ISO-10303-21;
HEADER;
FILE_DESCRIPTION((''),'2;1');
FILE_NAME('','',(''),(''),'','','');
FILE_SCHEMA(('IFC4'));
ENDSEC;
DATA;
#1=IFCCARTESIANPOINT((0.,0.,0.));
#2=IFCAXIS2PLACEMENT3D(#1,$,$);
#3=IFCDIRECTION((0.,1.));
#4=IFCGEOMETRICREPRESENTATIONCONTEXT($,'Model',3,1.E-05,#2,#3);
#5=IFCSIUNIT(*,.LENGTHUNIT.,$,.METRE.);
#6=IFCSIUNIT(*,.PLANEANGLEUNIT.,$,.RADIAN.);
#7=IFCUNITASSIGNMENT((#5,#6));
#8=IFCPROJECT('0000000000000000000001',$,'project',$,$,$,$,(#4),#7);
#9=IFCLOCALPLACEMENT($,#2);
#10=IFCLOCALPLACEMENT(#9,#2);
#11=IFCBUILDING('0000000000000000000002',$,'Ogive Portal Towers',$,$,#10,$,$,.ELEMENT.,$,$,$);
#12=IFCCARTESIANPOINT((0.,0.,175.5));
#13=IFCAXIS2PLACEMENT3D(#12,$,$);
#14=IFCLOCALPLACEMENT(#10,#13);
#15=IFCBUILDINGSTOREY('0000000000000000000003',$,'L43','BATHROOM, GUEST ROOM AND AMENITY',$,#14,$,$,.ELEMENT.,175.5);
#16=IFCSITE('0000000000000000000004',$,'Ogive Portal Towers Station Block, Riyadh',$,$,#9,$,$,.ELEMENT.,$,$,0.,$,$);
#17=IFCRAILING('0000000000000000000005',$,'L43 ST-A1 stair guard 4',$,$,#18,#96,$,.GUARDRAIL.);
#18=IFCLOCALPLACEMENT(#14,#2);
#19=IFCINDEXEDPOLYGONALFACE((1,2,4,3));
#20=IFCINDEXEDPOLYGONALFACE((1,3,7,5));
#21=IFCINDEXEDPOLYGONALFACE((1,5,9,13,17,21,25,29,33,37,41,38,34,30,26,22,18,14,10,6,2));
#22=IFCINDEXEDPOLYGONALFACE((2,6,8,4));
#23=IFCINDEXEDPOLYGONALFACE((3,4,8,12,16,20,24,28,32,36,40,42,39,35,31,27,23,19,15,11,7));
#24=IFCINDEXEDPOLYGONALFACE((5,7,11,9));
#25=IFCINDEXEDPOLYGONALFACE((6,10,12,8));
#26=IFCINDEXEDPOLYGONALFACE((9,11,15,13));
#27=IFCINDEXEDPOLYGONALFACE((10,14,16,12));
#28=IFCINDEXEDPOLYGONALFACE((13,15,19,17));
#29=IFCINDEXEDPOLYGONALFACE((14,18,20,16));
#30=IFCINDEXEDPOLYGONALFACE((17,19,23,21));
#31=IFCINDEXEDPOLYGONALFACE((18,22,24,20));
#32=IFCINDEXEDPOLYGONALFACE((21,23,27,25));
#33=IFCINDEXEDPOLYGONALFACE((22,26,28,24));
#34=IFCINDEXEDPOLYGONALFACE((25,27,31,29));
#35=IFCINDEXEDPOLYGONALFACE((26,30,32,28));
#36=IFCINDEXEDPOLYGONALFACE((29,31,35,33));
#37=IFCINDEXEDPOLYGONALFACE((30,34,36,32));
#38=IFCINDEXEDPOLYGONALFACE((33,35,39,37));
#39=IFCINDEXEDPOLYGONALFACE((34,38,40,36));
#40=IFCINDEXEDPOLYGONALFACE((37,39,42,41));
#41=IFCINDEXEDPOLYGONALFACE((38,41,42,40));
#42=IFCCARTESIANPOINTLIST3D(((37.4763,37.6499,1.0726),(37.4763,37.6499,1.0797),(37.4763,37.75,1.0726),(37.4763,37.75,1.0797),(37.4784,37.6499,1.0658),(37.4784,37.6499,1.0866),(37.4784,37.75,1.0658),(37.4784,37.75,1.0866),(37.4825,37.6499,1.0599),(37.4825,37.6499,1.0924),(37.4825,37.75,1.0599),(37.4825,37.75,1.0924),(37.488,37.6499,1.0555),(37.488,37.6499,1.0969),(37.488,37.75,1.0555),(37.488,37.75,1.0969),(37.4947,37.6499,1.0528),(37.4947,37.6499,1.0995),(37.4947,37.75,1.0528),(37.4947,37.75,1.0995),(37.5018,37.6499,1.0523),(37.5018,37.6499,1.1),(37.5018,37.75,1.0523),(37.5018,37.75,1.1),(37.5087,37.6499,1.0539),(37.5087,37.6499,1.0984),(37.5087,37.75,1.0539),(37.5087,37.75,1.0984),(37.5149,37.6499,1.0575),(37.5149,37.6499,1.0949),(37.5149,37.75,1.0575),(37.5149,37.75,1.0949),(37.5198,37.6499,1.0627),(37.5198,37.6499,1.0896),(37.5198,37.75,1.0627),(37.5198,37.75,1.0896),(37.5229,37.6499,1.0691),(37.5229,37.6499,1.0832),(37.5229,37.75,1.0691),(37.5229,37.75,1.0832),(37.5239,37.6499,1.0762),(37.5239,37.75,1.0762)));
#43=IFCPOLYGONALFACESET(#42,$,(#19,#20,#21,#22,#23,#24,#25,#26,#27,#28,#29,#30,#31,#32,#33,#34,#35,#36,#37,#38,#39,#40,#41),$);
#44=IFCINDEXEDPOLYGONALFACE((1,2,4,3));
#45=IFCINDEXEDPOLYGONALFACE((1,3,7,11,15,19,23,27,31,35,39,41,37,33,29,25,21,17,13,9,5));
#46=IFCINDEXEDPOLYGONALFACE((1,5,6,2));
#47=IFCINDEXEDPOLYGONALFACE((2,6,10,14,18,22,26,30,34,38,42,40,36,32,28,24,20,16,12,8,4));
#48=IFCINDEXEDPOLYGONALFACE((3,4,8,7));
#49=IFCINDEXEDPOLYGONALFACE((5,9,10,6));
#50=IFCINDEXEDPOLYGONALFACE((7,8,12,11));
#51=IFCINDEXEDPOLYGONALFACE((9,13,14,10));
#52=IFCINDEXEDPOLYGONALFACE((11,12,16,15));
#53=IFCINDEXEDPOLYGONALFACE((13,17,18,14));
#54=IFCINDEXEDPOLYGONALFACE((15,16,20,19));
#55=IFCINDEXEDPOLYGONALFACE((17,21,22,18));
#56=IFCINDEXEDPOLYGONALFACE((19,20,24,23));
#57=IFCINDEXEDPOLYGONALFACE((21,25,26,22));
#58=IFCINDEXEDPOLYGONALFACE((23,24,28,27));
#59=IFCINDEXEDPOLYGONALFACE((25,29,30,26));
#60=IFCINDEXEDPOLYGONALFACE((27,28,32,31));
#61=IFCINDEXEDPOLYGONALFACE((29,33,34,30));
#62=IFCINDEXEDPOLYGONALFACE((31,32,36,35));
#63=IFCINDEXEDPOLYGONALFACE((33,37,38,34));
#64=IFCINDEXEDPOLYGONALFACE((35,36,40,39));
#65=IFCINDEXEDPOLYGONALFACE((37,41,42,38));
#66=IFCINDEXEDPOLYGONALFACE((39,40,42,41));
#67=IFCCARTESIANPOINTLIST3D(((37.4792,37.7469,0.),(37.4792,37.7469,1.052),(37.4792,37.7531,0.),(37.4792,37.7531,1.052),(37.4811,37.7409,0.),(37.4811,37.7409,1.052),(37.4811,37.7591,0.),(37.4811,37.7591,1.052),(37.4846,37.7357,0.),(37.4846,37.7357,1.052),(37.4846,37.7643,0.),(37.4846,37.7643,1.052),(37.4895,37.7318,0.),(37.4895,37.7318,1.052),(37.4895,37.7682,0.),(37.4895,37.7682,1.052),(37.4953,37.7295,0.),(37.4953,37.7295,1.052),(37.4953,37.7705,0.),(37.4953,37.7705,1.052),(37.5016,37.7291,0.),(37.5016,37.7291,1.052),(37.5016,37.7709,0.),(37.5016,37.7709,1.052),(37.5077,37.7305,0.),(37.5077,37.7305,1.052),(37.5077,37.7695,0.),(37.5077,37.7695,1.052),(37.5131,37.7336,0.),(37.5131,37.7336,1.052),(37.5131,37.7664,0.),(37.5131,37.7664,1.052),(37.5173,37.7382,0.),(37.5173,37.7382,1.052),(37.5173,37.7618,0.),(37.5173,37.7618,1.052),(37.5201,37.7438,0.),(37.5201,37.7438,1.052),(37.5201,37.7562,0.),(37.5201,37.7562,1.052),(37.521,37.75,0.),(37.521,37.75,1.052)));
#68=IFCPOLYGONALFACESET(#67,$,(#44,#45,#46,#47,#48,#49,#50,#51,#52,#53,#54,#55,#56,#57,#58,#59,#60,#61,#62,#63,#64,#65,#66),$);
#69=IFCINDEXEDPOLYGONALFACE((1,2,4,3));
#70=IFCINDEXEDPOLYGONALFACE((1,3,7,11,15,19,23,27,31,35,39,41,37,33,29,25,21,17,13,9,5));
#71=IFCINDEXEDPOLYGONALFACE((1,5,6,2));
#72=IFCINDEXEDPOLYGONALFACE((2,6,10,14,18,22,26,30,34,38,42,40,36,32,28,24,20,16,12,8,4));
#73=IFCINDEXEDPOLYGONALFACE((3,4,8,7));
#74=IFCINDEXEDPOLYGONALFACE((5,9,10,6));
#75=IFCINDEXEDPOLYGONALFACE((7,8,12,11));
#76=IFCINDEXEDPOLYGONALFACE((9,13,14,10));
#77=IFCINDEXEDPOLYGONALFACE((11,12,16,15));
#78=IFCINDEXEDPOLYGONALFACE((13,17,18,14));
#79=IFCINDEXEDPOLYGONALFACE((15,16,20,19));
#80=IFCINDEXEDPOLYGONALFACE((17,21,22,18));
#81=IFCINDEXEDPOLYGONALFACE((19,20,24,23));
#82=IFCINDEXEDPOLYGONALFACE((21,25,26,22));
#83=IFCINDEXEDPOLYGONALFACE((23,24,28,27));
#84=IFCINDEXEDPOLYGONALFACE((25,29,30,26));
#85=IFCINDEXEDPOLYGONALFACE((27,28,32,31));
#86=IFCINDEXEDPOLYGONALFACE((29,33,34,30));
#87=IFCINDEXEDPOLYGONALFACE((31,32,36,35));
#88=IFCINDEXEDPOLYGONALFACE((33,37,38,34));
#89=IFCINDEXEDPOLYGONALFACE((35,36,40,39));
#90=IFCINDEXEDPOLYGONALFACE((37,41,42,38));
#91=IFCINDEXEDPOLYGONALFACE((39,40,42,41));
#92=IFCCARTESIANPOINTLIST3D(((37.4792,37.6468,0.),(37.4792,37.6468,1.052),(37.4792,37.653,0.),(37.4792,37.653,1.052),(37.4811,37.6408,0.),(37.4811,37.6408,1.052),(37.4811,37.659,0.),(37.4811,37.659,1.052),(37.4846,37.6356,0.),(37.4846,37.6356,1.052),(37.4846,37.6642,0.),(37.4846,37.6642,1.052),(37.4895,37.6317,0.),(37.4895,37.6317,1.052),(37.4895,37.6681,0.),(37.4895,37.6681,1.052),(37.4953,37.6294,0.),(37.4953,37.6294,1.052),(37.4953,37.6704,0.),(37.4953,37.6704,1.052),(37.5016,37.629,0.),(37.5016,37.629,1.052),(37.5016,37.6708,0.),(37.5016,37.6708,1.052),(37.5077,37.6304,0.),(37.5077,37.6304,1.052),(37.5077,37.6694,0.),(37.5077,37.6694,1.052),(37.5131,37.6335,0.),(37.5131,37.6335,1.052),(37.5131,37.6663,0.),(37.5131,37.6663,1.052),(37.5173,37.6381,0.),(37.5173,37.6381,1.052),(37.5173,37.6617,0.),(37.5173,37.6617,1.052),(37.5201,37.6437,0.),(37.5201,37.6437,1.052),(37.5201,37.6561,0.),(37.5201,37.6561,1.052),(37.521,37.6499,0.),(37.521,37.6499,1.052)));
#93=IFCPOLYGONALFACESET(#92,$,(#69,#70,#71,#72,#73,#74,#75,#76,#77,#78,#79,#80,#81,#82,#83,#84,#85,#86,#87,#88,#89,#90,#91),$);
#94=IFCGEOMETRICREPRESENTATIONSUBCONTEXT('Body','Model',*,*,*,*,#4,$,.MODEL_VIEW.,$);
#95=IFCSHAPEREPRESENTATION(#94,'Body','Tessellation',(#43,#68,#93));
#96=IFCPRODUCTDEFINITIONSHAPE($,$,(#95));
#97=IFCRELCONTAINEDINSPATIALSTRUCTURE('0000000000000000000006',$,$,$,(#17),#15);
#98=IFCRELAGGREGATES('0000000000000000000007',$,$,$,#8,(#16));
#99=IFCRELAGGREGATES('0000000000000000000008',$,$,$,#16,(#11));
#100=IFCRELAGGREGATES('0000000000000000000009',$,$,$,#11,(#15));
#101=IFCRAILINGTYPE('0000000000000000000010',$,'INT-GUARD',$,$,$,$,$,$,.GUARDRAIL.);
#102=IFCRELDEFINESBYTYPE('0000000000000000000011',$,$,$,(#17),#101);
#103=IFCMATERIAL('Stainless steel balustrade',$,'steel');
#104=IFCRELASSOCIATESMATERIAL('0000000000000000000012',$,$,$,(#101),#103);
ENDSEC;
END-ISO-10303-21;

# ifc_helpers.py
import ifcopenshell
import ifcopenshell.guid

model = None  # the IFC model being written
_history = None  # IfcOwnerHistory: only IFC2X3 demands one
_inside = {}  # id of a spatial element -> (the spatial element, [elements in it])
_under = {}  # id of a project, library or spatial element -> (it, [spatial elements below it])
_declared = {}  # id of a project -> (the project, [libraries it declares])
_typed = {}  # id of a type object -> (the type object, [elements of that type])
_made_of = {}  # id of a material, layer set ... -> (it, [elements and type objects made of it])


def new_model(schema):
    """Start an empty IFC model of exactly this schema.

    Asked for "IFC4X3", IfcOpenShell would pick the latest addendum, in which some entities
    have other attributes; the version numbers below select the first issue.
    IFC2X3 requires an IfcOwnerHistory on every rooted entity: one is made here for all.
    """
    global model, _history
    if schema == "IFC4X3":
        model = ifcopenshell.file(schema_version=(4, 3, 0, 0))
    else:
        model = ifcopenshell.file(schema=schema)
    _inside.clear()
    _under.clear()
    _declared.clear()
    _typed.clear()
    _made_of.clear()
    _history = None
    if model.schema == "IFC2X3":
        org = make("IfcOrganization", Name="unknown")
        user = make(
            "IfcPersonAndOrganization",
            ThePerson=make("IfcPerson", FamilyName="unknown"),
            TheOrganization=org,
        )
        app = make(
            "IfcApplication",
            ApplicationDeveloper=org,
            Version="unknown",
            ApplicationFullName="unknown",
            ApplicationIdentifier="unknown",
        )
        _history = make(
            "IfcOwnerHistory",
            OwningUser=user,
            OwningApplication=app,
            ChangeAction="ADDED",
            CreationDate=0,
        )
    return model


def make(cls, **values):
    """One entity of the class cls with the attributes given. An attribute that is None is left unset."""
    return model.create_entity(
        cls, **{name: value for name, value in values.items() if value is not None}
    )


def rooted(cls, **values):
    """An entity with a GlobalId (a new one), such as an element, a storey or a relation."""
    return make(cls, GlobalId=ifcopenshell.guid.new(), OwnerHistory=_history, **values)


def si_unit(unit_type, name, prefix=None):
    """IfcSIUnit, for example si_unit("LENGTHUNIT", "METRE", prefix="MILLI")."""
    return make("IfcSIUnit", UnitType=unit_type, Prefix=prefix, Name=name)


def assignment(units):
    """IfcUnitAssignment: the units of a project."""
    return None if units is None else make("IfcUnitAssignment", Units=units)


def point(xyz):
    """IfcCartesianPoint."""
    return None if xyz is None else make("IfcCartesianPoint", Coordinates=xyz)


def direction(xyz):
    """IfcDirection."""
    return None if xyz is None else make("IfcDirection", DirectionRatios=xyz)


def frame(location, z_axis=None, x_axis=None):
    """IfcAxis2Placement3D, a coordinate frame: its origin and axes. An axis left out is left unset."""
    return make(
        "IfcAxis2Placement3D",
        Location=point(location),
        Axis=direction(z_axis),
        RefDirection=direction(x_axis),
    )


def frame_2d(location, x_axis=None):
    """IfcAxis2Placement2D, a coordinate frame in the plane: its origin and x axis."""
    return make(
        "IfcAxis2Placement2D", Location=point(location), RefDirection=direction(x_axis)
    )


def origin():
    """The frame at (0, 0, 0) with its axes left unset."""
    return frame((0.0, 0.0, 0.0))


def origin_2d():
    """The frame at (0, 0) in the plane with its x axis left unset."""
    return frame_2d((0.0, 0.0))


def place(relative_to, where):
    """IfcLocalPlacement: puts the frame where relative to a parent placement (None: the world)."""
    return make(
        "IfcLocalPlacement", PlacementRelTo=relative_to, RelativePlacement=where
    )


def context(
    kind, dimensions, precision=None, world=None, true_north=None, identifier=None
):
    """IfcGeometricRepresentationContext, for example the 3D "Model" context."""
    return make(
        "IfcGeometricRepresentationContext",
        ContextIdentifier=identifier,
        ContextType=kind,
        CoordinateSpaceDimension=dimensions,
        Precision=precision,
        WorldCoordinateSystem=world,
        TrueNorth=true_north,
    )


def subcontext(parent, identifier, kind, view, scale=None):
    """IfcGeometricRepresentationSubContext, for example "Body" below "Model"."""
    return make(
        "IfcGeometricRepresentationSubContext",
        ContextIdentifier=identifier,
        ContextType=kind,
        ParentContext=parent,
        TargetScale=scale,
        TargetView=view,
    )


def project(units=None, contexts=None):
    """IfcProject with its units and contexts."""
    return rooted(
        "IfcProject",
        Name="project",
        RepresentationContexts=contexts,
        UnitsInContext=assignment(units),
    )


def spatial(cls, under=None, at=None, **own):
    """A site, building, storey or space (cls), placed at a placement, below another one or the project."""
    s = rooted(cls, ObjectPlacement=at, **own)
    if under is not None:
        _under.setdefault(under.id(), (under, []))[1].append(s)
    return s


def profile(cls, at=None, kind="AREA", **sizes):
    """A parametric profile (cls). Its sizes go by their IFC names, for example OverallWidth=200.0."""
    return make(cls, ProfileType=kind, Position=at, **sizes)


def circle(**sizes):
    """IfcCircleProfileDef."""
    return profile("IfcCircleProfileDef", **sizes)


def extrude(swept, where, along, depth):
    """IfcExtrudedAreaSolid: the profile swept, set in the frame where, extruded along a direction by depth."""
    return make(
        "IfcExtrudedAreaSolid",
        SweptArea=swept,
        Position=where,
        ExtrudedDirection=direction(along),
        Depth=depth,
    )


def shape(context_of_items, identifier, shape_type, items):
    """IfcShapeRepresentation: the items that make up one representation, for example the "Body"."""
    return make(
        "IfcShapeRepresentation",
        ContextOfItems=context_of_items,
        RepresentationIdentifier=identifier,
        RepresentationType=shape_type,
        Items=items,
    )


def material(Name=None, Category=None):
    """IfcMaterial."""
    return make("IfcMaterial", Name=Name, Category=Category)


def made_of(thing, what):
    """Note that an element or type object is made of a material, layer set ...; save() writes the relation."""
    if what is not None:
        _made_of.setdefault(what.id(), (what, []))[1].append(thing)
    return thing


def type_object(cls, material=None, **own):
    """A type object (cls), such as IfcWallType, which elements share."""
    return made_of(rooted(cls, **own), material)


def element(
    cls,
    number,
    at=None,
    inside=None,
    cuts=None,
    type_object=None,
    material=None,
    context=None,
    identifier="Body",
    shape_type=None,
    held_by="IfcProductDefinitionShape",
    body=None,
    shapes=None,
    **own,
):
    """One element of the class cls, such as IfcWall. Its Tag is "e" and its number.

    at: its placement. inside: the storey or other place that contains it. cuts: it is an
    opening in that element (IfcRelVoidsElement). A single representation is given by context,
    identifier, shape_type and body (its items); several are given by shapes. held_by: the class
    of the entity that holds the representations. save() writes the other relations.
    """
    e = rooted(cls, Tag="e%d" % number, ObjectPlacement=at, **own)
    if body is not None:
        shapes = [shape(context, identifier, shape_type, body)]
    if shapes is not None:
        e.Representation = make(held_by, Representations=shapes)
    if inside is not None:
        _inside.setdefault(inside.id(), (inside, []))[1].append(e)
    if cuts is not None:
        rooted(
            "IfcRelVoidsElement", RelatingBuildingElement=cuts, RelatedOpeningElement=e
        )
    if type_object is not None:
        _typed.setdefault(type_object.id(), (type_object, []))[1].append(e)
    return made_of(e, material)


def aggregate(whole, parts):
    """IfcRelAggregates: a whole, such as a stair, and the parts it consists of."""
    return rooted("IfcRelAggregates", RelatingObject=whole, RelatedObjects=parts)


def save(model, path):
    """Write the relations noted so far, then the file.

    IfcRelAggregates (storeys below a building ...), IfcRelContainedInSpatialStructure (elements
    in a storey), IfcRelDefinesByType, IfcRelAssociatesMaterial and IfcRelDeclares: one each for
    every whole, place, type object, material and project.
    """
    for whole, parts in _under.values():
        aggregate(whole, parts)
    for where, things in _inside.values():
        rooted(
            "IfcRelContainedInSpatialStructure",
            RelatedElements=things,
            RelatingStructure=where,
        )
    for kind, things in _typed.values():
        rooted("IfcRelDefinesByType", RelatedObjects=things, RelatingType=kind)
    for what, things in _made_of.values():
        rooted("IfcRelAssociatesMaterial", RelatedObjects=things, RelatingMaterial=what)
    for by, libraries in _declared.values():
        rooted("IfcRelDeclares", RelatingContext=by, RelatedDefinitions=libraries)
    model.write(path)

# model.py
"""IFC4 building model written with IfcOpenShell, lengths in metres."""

from ifc_helpers import new_model, si_unit, direction, frame, origin, origin_2d, place, context, subcontext, project, spatial, circle, extrude, material, type_object, element, save


model = new_model("IFC4")

# Units and contexts
model_context = context("Model", 3, precision=1e-05, world=origin(), true_north=direction((0.0, 1.0)))
body_context = subcontext(model_context, "Body", "Model", "MODEL_VIEW")
ifc_project = project(units=[si_unit("LENGTHUNIT", "METRE"), si_unit("PLANEANGLEUNIT", "RADIAN")], contexts=[model_context])

# Site, building, storey
site_placement = place(None, origin())
site = spatial("IfcSite", under=ifc_project, at=site_placement, Name="Ogive Portal Towers Station Block, Riyadh", CompositionType="ELEMENT", RefElevation=0.0)
building_placement = place(site_placement, origin())
building = spatial("IfcBuilding", under=site, at=building_placement, Name="Ogive Portal Towers", CompositionType="ELEMENT")
storey_placement = place(building_placement, frame((0.0, 0.0, 175.5)))
storey = spatial("IfcBuildingStorey", under=building, at=storey_placement, Name="L43", Description="BATHROOM, GUEST ROOM AND AMENITY", CompositionType="ELEMENT", Elevation=175.5)

# Railing
ifc_material_1 = material(Name="Stainless steel balustrade", Category="steel")
railing_type = type_object("IfcRailingType", Name="INT-GUARD", PredefinedType="GUARDRAIL", material=ifc_material_1)
railing_placement = place(storey_placement, frame((37.5, 37.75, 0.0)))
element("IfcRailing", 1, at=railing_placement, inside=storey, type_object=railing_type, Name="L43 ST-A1 stair guard 4", PredefinedType="GUARDRAIL", context=body_context, shape_type="SweptSolid", body=[
    extrude(circle(Radius=0.0239, at=origin_2d()), frame((0.0, 0.0, 1.0762), z_axis=(0.0, -1.0, 0.0), x_axis=(1.0, 0.0, 0.0)), (0.0, 0.0, 1.0), 0.1001),
    extrude(circle(Radius=0.021, at=origin_2d()), origin(), (0.0, 0.0, 1.0), 1.052),
    extrude(circle(Radius=0.021, at=origin_2d()), frame((0.0, -0.1001, 0.0)), (0.0, 0.0, 1.0), 1.052),
])

save(model, "model.ifc")
